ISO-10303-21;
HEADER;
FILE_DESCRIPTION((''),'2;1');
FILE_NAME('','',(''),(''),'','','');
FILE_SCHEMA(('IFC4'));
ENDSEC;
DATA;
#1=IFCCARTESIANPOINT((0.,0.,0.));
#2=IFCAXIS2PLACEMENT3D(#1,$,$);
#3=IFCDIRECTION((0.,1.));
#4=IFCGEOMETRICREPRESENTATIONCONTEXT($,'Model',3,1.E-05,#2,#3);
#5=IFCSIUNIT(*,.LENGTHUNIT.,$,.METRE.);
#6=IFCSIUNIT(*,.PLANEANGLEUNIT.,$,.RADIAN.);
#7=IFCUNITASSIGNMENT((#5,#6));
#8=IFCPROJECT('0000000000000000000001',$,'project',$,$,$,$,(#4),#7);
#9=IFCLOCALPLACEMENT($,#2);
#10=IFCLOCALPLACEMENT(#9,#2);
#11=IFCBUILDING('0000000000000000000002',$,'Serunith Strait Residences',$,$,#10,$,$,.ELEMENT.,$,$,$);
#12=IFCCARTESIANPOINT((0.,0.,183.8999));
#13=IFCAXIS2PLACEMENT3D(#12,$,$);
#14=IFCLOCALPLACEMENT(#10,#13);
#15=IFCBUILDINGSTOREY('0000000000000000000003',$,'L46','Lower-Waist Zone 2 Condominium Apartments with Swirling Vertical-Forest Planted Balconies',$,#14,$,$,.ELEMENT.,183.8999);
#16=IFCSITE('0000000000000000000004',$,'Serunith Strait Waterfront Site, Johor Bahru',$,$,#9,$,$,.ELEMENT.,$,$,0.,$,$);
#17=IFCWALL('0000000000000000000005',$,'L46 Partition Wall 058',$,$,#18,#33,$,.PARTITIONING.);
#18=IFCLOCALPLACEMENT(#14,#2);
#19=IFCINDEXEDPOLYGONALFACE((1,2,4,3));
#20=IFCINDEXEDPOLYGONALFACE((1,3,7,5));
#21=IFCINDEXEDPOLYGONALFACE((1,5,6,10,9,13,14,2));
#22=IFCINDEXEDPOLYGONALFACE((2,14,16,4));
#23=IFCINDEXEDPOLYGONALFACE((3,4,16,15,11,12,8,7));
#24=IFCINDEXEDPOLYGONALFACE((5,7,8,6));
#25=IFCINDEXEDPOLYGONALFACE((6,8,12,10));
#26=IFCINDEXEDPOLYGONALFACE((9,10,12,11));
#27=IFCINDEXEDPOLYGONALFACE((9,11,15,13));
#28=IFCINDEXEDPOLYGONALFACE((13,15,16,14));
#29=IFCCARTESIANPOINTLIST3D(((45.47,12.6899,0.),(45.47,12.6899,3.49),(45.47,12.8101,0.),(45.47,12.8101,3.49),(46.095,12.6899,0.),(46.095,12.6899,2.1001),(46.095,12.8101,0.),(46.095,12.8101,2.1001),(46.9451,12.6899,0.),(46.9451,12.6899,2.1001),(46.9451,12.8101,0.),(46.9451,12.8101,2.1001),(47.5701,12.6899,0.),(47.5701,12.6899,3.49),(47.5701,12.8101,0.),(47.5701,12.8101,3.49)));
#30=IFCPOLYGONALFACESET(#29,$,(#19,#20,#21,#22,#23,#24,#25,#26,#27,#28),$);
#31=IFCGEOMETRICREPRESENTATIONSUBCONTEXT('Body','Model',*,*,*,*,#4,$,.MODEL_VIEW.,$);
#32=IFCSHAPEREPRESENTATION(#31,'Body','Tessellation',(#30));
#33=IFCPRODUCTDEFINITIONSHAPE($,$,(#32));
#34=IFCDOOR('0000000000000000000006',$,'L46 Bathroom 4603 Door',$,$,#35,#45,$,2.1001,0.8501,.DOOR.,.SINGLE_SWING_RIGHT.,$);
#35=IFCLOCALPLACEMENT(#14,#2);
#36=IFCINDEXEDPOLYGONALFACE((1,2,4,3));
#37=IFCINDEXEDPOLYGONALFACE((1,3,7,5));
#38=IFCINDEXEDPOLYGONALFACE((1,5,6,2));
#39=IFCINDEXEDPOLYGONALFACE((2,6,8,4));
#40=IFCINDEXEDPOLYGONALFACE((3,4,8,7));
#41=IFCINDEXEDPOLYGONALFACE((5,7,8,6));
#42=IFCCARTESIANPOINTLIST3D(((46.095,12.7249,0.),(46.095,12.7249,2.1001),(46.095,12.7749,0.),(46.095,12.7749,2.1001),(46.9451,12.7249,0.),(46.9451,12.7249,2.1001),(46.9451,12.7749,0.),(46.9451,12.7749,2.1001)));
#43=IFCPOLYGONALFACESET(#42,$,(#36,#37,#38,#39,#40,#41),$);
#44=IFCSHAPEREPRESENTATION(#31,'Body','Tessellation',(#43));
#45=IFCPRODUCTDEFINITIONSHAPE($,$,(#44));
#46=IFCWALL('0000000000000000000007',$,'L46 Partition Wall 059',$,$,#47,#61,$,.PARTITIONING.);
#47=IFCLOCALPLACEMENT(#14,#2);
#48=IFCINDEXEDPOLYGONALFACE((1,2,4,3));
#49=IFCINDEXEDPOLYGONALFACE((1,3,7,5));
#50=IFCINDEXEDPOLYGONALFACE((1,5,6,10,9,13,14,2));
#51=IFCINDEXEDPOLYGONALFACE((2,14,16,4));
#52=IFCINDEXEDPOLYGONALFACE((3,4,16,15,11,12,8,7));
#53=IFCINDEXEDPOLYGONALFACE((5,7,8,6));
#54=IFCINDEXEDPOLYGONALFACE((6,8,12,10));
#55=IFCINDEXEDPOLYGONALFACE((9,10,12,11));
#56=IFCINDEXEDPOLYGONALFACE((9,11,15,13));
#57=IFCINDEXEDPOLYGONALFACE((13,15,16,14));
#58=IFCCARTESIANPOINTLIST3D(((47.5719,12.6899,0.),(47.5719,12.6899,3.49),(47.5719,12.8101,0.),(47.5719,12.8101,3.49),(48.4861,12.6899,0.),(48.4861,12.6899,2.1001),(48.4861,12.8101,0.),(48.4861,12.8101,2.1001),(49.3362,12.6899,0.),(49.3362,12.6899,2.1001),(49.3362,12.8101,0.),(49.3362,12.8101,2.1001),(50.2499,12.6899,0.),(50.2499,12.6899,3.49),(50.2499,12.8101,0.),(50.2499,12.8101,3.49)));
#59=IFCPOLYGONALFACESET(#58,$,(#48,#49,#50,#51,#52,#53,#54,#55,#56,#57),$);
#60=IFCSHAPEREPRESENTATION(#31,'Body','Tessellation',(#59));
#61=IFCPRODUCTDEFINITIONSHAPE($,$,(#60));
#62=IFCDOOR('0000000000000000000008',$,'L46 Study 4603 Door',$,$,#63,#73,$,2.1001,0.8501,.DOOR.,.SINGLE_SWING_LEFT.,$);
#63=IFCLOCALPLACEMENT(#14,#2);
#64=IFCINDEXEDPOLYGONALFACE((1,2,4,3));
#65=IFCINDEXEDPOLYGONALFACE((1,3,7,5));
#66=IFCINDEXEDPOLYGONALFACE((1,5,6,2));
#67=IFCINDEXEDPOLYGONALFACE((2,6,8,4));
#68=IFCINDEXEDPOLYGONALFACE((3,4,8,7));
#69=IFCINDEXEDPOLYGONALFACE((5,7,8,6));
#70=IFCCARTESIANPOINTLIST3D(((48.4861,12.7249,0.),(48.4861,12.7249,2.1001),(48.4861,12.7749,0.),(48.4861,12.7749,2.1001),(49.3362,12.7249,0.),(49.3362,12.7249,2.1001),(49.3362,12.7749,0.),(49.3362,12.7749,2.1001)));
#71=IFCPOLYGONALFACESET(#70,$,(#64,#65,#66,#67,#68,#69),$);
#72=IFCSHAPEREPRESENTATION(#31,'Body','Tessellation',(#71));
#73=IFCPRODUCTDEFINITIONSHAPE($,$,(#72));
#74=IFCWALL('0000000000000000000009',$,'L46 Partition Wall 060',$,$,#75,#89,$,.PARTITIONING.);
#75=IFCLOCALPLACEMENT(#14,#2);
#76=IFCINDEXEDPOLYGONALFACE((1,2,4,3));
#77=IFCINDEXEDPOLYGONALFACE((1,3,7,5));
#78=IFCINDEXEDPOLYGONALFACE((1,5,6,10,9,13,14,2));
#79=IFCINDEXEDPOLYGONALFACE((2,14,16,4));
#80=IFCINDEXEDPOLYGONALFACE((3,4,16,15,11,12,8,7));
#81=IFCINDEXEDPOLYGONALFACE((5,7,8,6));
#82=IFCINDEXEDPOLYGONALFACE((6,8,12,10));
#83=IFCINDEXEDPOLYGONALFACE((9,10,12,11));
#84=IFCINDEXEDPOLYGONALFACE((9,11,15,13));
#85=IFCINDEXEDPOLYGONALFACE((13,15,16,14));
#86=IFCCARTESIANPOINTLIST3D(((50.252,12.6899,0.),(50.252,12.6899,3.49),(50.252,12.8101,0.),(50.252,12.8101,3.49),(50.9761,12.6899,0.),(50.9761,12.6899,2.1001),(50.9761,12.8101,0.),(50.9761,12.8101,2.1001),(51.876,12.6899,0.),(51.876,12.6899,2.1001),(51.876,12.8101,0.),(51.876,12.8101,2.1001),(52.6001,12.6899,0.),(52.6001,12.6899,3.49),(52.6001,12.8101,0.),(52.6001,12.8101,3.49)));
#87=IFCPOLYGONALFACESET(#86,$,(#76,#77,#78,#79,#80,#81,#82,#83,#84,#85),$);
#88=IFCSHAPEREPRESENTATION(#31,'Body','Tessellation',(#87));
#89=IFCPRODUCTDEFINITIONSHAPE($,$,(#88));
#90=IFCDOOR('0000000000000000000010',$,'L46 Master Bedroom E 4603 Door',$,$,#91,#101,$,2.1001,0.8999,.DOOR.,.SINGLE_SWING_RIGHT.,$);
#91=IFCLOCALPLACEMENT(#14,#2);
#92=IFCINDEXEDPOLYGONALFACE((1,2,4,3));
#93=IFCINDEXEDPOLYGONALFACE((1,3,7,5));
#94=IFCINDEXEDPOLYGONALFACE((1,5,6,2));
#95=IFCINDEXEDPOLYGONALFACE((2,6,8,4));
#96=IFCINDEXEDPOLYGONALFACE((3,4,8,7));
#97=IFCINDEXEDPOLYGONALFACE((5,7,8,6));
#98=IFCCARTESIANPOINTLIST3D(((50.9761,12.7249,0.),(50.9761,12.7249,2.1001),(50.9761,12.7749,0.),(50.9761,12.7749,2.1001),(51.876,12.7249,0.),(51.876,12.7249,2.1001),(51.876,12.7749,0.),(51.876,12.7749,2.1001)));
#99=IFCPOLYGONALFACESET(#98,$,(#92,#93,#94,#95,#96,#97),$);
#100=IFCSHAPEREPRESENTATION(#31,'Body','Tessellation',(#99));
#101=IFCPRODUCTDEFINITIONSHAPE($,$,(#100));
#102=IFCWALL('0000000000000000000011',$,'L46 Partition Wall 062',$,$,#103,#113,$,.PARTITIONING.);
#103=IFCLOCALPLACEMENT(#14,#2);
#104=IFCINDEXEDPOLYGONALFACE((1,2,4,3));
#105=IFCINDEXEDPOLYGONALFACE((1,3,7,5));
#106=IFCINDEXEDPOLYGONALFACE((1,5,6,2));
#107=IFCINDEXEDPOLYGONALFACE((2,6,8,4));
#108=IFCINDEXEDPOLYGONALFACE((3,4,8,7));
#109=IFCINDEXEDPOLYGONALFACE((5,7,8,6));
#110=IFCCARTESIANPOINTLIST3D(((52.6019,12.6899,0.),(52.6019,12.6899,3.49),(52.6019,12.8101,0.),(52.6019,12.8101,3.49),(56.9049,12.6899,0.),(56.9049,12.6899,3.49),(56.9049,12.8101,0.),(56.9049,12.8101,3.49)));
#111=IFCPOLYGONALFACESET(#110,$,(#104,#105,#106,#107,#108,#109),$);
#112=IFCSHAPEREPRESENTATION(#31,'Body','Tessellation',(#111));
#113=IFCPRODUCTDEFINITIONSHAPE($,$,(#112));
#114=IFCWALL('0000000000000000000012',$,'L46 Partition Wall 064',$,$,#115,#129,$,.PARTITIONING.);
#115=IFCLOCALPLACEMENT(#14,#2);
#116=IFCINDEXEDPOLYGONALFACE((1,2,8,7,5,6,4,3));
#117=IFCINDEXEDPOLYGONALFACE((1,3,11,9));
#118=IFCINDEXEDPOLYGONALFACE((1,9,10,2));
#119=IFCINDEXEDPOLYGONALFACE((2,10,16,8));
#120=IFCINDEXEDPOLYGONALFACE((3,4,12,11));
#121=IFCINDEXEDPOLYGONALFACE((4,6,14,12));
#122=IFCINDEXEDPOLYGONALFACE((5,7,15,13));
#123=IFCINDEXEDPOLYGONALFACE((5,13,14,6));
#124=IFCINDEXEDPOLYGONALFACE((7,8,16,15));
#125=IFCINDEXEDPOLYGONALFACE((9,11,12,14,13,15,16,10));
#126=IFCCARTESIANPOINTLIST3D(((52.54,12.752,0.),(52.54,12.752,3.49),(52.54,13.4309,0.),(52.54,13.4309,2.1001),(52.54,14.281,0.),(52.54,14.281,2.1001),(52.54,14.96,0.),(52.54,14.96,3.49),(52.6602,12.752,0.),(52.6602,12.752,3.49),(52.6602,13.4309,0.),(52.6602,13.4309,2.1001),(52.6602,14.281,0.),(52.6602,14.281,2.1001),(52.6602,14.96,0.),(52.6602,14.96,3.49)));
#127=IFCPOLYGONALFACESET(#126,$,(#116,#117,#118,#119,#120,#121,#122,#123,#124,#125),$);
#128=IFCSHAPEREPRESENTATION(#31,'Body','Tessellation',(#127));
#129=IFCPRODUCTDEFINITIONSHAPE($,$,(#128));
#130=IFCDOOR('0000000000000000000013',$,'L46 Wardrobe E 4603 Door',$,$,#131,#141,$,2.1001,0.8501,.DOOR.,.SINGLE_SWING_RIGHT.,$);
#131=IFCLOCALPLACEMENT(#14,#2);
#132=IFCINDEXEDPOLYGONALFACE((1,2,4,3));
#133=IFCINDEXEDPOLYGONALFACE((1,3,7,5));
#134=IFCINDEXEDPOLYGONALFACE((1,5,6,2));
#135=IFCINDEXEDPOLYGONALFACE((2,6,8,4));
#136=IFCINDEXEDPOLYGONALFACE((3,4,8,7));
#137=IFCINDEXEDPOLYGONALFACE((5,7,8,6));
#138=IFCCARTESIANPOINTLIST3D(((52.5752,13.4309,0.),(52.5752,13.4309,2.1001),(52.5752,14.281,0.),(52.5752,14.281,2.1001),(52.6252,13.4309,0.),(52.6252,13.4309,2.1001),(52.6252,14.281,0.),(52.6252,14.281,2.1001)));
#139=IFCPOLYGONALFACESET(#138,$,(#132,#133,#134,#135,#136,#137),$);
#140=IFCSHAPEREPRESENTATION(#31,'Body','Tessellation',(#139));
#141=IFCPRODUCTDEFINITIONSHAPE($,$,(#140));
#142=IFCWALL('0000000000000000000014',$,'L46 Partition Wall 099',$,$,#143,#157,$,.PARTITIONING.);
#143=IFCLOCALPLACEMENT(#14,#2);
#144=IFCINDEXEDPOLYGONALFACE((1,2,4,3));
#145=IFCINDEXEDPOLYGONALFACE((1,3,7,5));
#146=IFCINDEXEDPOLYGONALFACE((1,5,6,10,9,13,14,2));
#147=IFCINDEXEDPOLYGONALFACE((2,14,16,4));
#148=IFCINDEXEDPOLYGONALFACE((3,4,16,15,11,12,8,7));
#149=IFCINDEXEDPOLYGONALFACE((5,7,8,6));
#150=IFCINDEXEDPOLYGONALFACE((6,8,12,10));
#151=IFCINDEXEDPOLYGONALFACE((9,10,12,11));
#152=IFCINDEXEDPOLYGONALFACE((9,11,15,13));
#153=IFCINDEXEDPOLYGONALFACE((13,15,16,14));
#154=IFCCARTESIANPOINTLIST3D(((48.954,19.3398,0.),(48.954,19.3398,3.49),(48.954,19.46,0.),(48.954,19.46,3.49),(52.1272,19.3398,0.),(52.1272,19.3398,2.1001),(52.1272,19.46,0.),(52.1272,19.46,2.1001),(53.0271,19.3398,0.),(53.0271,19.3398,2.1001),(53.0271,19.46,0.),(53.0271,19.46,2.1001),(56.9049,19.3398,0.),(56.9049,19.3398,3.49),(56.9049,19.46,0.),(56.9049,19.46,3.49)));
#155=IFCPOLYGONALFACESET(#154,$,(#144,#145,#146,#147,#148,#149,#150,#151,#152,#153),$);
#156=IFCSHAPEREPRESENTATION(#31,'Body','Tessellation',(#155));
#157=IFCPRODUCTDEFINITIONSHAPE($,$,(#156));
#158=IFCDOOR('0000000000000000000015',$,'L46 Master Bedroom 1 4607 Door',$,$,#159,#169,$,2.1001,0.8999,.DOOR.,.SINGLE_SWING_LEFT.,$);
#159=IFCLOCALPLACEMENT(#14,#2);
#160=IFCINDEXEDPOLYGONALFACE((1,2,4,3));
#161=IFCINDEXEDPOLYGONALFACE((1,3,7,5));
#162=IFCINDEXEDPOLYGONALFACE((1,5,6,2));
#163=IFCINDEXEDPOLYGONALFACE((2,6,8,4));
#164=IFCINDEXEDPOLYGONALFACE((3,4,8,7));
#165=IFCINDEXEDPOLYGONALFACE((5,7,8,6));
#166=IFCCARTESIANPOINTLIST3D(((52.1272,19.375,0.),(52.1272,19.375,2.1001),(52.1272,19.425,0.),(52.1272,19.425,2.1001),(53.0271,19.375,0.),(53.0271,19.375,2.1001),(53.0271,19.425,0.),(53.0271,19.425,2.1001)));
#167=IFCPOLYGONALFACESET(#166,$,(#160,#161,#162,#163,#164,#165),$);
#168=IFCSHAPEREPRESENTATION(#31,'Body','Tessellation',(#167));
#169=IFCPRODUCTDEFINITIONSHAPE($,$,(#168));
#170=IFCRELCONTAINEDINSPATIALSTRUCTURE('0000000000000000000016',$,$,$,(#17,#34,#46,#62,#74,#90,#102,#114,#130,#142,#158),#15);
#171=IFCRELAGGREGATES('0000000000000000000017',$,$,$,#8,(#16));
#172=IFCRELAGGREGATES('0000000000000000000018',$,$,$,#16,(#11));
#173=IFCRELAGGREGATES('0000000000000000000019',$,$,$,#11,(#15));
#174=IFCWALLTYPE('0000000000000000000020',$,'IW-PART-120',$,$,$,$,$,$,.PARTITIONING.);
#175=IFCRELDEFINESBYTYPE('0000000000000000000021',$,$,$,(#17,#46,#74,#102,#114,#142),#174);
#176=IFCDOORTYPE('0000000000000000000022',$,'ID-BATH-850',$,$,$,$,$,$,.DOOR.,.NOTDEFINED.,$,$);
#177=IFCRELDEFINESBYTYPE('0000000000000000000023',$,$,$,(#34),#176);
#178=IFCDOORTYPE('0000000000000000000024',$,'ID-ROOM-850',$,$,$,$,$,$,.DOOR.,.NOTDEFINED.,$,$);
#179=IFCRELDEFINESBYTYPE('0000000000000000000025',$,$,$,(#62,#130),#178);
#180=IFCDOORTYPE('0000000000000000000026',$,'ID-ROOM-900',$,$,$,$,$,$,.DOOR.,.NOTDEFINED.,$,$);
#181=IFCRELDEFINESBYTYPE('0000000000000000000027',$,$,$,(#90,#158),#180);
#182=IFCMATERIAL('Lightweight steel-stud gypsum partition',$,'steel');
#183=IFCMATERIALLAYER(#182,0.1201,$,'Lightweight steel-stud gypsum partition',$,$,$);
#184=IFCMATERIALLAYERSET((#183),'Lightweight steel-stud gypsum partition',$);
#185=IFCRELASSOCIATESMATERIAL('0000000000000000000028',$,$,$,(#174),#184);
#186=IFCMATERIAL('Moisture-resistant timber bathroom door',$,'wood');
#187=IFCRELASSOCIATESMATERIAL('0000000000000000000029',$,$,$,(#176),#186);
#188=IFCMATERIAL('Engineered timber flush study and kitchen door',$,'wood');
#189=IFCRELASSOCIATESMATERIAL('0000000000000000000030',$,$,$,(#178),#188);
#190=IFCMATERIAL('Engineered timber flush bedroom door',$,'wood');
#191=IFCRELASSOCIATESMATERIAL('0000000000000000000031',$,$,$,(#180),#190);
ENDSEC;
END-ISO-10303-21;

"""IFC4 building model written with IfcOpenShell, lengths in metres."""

from ifc_helpers import new_model, si_unit, direction, frame, frame_2d, origin, place, context, subcontext, project, spatial, rectangle, extrude, source, transform, mapped, material, layer, layer_set, type_object, element, fill, save


model = new_model("IFC4")

# Units and contexts
model_context = context("Model", 3, precision=1e-05, world=origin(), true_north=direction((0.0, 1.0)))
body_context = subcontext(model_context, "Body", "Model", "MODEL_VIEW")
ifc_project = project(units=[si_unit("LENGTHUNIT", "METRE"), si_unit("PLANEANGLEUNIT", "RADIAN")], contexts=[model_context])

# Site, building, storey
site_placement = place(None, origin())
site = spatial("IfcSite", under=ifc_project, at=site_placement, Name="Serunith Strait Waterfront Site, Johor Bahru", CompositionType="ELEMENT", RefElevation=0.0)
building_placement = place(site_placement, origin())
building = spatial("IfcBuilding", under=site, at=building_placement, Name="Serunith Strait Residences", CompositionType="ELEMENT")
storey_placement = place(building_placement, frame((0.0, 0.0, 183.8999)))
storey = spatial("IfcBuildingStorey", under=building, at=storey_placement, Name="L46", Description="Lower-Waist Zone 2 Condominium Apartments with Swirling Vertical-Forest Planted Balconies", CompositionType="ELEMENT", Elevation=183.8999)

# Walls, openings, doors
ifc_material_1 = material(Name="Lightweight steel-stud gypsum partition", Category="steel")
ifc_layer_1 = layer(ifc_material_1, 0.1201, Name="Lightweight steel-stud gypsum partition")
ifc_layer_set_1 = layer_set([ifc_layer_1], Name="Lightweight steel-stud gypsum partition")
wall_type = type_object("IfcWallType", Name="IW-PART-120", PredefinedType="PARTITIONING", material=ifc_layer_set_1)
wall_1_placement = place(storey_placement, frame((45.47, 12.75, 0.0), z_axis=(0.0, 0.0, 1.0), x_axis=(1.0, 0.0, 0.0)))
wall_1 = element("IfcWall", 1, at=wall_1_placement, inside=storey, type_object=wall_type, Name="L46 Partition Wall 058", PredefinedType="PARTITIONING", context=body_context, shape_type="SweptSolid", body=[
    extrude(rectangle(XDim=2.1001, YDim=0.1201, at=frame_2d((1.05, 0.0))), origin(), (0.0, 0.0, 1.0), 3.49),
])
opening_1_placement = place(wall_1_placement, frame((0.625, 0.0, 0.0)))
opening_1 = element("IfcOpeningElement", 2, at=opening_1_placement, cuts=wall_1, PredefinedType="OPENING", context=body_context, shape_type="SweptSolid", body=[
    extrude(rectangle(XDim=0.8501, YDim=2.1001, at=frame_2d((0.425, 1.05))), frame((0.0, 0.0701, 0.0), z_axis=(0.0, -1.0, 0.0), x_axis=(1.0, 0.0, 0.0)), (0.0, 0.0, 1.0), 0.1401),
])
ifc_material_2 = material(Name="Moisture-resistant timber bathroom door", Category="wood")
door_type_1 = type_object("IfcDoorType", Name="ID-BATH-850", OperationType="NOTDEFINED", PredefinedType="DOOR", material=ifc_material_2)
shared_shape_1 = source(origin(), body_context, "Body", "SweptSolid", [
    extrude(rectangle(XDim=0.8501, YDim=2.1001, at=frame_2d((0.425, 1.05))), frame((0.0, 0.0249, 0.0), z_axis=(0.0, -1.0, 0.0), x_axis=(1.0, 0.0, 0.0)), (0.0, 0.0, 1.0), 0.05),
])
door_1_placement = place(opening_1_placement, origin())
door_1 = element("IfcDoor", 3, at=door_1_placement, inside=storey, type_object=door_type_1, Name="L46 Bathroom 4603 Door", OperationType="SINGLE_SWING_RIGHT", OverallHeight=2.1001, OverallWidth=0.8501, PredefinedType="DOOR", context=body_context, shape_type="MappedRepresentation", body=[
    mapped(shared_shape_1, transform((0.0, 0.0, 0.0), scale=1.0)),
])
fill(opening_1, door_1)
wall_2_placement = place(storey_placement, frame((47.572, 12.75, 0.0), z_axis=(0.0, 0.0, 1.0), x_axis=(1.0, 0.0, 0.0)))
wall_2 = element("IfcWall", 4, at=wall_2_placement, inside=storey, type_object=wall_type, Name="L46 Partition Wall 059", PredefinedType="PARTITIONING", context=body_context, shape_type="SweptSolid", body=[
    extrude(rectangle(XDim=2.678, YDim=0.1201, at=frame_2d((1.3389, 0.0))), origin(), (0.0, 0.0, 1.0), 3.49),
])
opening_2_placement = place(wall_2_placement, frame((0.9141, 0.0, 0.0)))
opening_2 = element("IfcOpeningElement", 5, at=opening_2_placement, cuts=wall_2, PredefinedType="OPENING", context=body_context, shape_type="SweptSolid", body=[
    extrude(rectangle(XDim=0.8501, YDim=2.1001, at=frame_2d((0.425, 1.05))), frame((0.0, 0.0701, 0.0), z_axis=(0.0, -1.0, 0.0), x_axis=(1.0, 0.0, 0.0)), (0.0, 0.0, 1.0), 0.1401),
])
ifc_material_3 = material(Name="Engineered timber flush study and kitchen door", Category="wood")
door_type_2 = type_object("IfcDoorType", Name="ID-ROOM-850", OperationType="NOTDEFINED", PredefinedType="DOOR", material=ifc_material_3)
door_2_placement = place(opening_2_placement, origin())
door_2 = element("IfcDoor", 6, at=door_2_placement, inside=storey, type_object=door_type_2, Name="L46 Study 4603 Door", OperationType="SINGLE_SWING_LEFT", OverallHeight=2.1001, OverallWidth=0.8501, PredefinedType="DOOR", context=body_context, shape_type="MappedRepresentation", body=[
    mapped(shared_shape_1, transform((0.0, 0.0, 0.0), scale=1.0)),
])
fill(opening_2, door_2)
wall_3_placement = place(storey_placement, frame((50.252, 12.75, 0.0), z_axis=(0.0, 0.0, 1.0), x_axis=(1.0, 0.0, 0.0)))
wall_3 = element("IfcWall", 7, at=wall_3_placement, inside=storey, type_object=wall_type, Name="L46 Partition Wall 060", PredefinedType="PARTITIONING", context=body_context, shape_type="SweptSolid", body=[
    extrude(rectangle(XDim=2.3481, YDim=0.1201, at=frame_2d((1.1741, 0.0))), origin(), (0.0, 0.0, 1.0), 3.49),
])
opening_3_placement = place(wall_3_placement, frame((0.7241, 0.0, 0.0)))
opening_3 = element("IfcOpeningElement", 8, at=opening_3_placement, cuts=wall_3, PredefinedType="OPENING", context=body_context, shape_type="SweptSolid", body=[
    extrude(rectangle(XDim=0.8999, YDim=2.1001, at=frame_2d((0.45, 1.05))), frame((0.0, 0.0701, 0.0), z_axis=(0.0, -1.0, 0.0), x_axis=(1.0, 0.0, 0.0)), (0.0, 0.0, 1.0), 0.1401),
])
ifc_material_4 = material(Name="Engineered timber flush bedroom door", Category="wood")
door_type_3 = type_object("IfcDoorType", Name="ID-ROOM-900", OperationType="NOTDEFINED", PredefinedType="DOOR", material=ifc_material_4)
shared_shape_2 = source(origin(), body_context, "Body", "SweptSolid", [
    extrude(rectangle(XDim=0.8999, YDim=2.1001, at=frame_2d((0.45, 1.05))), frame((0.0, 0.0249, 0.0), z_axis=(0.0, -1.0, 0.0), x_axis=(1.0, 0.0, 0.0)), (0.0, 0.0, 1.0), 0.05),
])
door_3_placement = place(opening_3_placement, origin())
door_3 = element("IfcDoor", 9, at=door_3_placement, inside=storey, type_object=door_type_3, Name="L46 Master Bedroom E 4603 Door", OperationType="SINGLE_SWING_RIGHT", OverallHeight=2.1001, OverallWidth=0.8999, PredefinedType="DOOR", context=body_context, shape_type="MappedRepresentation", body=[
    mapped(shared_shape_2, transform((0.0, 0.0, 0.0), scale=1.0)),
])
fill(opening_3, door_3)

# Wall
wall_4_placement = place(storey_placement, frame((52.6021, 12.75, 0.0), z_axis=(0.0, 0.0, 1.0), x_axis=(1.0, 0.0, 0.0)))
element("IfcWall", 10, at=wall_4_placement, inside=storey, type_object=wall_type, Name="L46 Partition Wall 062", PredefinedType="PARTITIONING", context=body_context, shape_type="SweptSolid", body=[
    extrude(rectangle(XDim=4.303, YDim=0.1201, at=frame_2d((2.1514, 0.0))), origin(), (0.0, 0.0, 1.0), 3.49),
])

# Walls, openings, doors
wall_5_placement = place(storey_placement, frame((52.6001, 12.752, 0.0), z_axis=(0.0, 0.0, 1.0), x_axis=(0.0, 1.0, 0.0)))
wall_5 = element("IfcWall", 11, at=wall_5_placement, inside=storey, type_object=wall_type, Name="L46 Partition Wall 064", PredefinedType="PARTITIONING", context=body_context, shape_type="SweptSolid", body=[
    extrude(rectangle(XDim=2.208, YDim=0.1201, at=frame_2d((1.104, 0.0))), origin(), (0.0, 0.0, 1.0), 3.49),
])
opening_4_placement = place(wall_5_placement, frame((0.679, 0.0, 0.0)))
opening_4 = element("IfcOpeningElement", 12, at=opening_4_placement, cuts=wall_5, PredefinedType="OPENING", context=body_context, shape_type="SweptSolid", body=[
    extrude(rectangle(XDim=0.8501, YDim=2.1001, at=frame_2d((0.425, 1.05))), frame((0.0, 0.0701, 0.0), z_axis=(0.0, -1.0, 0.0), x_axis=(1.0, 0.0, 0.0)), (0.0, 0.0, 1.0), 0.1401),
])
door_4_placement = place(opening_4_placement, origin())
door_4 = element("IfcDoor", 13, at=door_4_placement, inside=storey, type_object=door_type_2, Name="L46 Wardrobe E 4603 Door", OperationType="SINGLE_SWING_RIGHT", OverallHeight=2.1001, OverallWidth=0.8501, PredefinedType="DOOR", context=body_context, shape_type="MappedRepresentation", body=[
    mapped(shared_shape_1, transform((0.0, 0.0, 0.0), scale=1.0)),
])
fill(opening_4, door_4)
wall_6_placement = place(storey_placement, frame((56.905, 19.3999, 0.0), z_axis=(0.0, 0.0, 1.0), x_axis=(-1.0, 0.0, 0.0)))
wall_6 = element("IfcWall", 14, at=wall_6_placement, inside=storey, type_object=wall_type, Name="L46 Partition Wall 099", PredefinedType="PARTITIONING", context=body_context, shape_type="SweptSolid", body=[
    extrude(rectangle(XDim=7.9509, YDim=0.1201, at=frame_2d((3.9756, 0.0))), origin(), (0.0, 0.0, 1.0), 3.49),
])
opening_5_placement = place(wall_6_placement, frame((3.8779, 0.0, 0.0)))
opening_5 = element("IfcOpeningElement", 15, at=opening_5_placement, cuts=wall_6, PredefinedType="OPENING", context=body_context, shape_type="SweptSolid", body=[
    extrude(rectangle(XDim=0.8999, YDim=2.1001, at=frame_2d((0.45, 1.05))), frame((0.0, 0.0701, 0.0), z_axis=(0.0, -1.0, 0.0), x_axis=(1.0, 0.0, 0.0)), (0.0, 0.0, 1.0), 0.1401),
])
door_5_placement = place(opening_5_placement, origin())
door_5 = element("IfcDoor", 16, at=door_5_placement, inside=storey, type_object=door_type_3, Name="L46 Master Bedroom 1 4607 Door", OperationType="SINGLE_SWING_LEFT", OverallHeight=2.1001, OverallWidth=0.8999, PredefinedType="DOOR", context=body_context, shape_type="MappedRepresentation", body=[
    mapped(shared_shape_2, transform((0.0, 0.0, 0.0), scale=1.0)),
])
fill(opening_5, door_5)

save(model, "model.ifc")
